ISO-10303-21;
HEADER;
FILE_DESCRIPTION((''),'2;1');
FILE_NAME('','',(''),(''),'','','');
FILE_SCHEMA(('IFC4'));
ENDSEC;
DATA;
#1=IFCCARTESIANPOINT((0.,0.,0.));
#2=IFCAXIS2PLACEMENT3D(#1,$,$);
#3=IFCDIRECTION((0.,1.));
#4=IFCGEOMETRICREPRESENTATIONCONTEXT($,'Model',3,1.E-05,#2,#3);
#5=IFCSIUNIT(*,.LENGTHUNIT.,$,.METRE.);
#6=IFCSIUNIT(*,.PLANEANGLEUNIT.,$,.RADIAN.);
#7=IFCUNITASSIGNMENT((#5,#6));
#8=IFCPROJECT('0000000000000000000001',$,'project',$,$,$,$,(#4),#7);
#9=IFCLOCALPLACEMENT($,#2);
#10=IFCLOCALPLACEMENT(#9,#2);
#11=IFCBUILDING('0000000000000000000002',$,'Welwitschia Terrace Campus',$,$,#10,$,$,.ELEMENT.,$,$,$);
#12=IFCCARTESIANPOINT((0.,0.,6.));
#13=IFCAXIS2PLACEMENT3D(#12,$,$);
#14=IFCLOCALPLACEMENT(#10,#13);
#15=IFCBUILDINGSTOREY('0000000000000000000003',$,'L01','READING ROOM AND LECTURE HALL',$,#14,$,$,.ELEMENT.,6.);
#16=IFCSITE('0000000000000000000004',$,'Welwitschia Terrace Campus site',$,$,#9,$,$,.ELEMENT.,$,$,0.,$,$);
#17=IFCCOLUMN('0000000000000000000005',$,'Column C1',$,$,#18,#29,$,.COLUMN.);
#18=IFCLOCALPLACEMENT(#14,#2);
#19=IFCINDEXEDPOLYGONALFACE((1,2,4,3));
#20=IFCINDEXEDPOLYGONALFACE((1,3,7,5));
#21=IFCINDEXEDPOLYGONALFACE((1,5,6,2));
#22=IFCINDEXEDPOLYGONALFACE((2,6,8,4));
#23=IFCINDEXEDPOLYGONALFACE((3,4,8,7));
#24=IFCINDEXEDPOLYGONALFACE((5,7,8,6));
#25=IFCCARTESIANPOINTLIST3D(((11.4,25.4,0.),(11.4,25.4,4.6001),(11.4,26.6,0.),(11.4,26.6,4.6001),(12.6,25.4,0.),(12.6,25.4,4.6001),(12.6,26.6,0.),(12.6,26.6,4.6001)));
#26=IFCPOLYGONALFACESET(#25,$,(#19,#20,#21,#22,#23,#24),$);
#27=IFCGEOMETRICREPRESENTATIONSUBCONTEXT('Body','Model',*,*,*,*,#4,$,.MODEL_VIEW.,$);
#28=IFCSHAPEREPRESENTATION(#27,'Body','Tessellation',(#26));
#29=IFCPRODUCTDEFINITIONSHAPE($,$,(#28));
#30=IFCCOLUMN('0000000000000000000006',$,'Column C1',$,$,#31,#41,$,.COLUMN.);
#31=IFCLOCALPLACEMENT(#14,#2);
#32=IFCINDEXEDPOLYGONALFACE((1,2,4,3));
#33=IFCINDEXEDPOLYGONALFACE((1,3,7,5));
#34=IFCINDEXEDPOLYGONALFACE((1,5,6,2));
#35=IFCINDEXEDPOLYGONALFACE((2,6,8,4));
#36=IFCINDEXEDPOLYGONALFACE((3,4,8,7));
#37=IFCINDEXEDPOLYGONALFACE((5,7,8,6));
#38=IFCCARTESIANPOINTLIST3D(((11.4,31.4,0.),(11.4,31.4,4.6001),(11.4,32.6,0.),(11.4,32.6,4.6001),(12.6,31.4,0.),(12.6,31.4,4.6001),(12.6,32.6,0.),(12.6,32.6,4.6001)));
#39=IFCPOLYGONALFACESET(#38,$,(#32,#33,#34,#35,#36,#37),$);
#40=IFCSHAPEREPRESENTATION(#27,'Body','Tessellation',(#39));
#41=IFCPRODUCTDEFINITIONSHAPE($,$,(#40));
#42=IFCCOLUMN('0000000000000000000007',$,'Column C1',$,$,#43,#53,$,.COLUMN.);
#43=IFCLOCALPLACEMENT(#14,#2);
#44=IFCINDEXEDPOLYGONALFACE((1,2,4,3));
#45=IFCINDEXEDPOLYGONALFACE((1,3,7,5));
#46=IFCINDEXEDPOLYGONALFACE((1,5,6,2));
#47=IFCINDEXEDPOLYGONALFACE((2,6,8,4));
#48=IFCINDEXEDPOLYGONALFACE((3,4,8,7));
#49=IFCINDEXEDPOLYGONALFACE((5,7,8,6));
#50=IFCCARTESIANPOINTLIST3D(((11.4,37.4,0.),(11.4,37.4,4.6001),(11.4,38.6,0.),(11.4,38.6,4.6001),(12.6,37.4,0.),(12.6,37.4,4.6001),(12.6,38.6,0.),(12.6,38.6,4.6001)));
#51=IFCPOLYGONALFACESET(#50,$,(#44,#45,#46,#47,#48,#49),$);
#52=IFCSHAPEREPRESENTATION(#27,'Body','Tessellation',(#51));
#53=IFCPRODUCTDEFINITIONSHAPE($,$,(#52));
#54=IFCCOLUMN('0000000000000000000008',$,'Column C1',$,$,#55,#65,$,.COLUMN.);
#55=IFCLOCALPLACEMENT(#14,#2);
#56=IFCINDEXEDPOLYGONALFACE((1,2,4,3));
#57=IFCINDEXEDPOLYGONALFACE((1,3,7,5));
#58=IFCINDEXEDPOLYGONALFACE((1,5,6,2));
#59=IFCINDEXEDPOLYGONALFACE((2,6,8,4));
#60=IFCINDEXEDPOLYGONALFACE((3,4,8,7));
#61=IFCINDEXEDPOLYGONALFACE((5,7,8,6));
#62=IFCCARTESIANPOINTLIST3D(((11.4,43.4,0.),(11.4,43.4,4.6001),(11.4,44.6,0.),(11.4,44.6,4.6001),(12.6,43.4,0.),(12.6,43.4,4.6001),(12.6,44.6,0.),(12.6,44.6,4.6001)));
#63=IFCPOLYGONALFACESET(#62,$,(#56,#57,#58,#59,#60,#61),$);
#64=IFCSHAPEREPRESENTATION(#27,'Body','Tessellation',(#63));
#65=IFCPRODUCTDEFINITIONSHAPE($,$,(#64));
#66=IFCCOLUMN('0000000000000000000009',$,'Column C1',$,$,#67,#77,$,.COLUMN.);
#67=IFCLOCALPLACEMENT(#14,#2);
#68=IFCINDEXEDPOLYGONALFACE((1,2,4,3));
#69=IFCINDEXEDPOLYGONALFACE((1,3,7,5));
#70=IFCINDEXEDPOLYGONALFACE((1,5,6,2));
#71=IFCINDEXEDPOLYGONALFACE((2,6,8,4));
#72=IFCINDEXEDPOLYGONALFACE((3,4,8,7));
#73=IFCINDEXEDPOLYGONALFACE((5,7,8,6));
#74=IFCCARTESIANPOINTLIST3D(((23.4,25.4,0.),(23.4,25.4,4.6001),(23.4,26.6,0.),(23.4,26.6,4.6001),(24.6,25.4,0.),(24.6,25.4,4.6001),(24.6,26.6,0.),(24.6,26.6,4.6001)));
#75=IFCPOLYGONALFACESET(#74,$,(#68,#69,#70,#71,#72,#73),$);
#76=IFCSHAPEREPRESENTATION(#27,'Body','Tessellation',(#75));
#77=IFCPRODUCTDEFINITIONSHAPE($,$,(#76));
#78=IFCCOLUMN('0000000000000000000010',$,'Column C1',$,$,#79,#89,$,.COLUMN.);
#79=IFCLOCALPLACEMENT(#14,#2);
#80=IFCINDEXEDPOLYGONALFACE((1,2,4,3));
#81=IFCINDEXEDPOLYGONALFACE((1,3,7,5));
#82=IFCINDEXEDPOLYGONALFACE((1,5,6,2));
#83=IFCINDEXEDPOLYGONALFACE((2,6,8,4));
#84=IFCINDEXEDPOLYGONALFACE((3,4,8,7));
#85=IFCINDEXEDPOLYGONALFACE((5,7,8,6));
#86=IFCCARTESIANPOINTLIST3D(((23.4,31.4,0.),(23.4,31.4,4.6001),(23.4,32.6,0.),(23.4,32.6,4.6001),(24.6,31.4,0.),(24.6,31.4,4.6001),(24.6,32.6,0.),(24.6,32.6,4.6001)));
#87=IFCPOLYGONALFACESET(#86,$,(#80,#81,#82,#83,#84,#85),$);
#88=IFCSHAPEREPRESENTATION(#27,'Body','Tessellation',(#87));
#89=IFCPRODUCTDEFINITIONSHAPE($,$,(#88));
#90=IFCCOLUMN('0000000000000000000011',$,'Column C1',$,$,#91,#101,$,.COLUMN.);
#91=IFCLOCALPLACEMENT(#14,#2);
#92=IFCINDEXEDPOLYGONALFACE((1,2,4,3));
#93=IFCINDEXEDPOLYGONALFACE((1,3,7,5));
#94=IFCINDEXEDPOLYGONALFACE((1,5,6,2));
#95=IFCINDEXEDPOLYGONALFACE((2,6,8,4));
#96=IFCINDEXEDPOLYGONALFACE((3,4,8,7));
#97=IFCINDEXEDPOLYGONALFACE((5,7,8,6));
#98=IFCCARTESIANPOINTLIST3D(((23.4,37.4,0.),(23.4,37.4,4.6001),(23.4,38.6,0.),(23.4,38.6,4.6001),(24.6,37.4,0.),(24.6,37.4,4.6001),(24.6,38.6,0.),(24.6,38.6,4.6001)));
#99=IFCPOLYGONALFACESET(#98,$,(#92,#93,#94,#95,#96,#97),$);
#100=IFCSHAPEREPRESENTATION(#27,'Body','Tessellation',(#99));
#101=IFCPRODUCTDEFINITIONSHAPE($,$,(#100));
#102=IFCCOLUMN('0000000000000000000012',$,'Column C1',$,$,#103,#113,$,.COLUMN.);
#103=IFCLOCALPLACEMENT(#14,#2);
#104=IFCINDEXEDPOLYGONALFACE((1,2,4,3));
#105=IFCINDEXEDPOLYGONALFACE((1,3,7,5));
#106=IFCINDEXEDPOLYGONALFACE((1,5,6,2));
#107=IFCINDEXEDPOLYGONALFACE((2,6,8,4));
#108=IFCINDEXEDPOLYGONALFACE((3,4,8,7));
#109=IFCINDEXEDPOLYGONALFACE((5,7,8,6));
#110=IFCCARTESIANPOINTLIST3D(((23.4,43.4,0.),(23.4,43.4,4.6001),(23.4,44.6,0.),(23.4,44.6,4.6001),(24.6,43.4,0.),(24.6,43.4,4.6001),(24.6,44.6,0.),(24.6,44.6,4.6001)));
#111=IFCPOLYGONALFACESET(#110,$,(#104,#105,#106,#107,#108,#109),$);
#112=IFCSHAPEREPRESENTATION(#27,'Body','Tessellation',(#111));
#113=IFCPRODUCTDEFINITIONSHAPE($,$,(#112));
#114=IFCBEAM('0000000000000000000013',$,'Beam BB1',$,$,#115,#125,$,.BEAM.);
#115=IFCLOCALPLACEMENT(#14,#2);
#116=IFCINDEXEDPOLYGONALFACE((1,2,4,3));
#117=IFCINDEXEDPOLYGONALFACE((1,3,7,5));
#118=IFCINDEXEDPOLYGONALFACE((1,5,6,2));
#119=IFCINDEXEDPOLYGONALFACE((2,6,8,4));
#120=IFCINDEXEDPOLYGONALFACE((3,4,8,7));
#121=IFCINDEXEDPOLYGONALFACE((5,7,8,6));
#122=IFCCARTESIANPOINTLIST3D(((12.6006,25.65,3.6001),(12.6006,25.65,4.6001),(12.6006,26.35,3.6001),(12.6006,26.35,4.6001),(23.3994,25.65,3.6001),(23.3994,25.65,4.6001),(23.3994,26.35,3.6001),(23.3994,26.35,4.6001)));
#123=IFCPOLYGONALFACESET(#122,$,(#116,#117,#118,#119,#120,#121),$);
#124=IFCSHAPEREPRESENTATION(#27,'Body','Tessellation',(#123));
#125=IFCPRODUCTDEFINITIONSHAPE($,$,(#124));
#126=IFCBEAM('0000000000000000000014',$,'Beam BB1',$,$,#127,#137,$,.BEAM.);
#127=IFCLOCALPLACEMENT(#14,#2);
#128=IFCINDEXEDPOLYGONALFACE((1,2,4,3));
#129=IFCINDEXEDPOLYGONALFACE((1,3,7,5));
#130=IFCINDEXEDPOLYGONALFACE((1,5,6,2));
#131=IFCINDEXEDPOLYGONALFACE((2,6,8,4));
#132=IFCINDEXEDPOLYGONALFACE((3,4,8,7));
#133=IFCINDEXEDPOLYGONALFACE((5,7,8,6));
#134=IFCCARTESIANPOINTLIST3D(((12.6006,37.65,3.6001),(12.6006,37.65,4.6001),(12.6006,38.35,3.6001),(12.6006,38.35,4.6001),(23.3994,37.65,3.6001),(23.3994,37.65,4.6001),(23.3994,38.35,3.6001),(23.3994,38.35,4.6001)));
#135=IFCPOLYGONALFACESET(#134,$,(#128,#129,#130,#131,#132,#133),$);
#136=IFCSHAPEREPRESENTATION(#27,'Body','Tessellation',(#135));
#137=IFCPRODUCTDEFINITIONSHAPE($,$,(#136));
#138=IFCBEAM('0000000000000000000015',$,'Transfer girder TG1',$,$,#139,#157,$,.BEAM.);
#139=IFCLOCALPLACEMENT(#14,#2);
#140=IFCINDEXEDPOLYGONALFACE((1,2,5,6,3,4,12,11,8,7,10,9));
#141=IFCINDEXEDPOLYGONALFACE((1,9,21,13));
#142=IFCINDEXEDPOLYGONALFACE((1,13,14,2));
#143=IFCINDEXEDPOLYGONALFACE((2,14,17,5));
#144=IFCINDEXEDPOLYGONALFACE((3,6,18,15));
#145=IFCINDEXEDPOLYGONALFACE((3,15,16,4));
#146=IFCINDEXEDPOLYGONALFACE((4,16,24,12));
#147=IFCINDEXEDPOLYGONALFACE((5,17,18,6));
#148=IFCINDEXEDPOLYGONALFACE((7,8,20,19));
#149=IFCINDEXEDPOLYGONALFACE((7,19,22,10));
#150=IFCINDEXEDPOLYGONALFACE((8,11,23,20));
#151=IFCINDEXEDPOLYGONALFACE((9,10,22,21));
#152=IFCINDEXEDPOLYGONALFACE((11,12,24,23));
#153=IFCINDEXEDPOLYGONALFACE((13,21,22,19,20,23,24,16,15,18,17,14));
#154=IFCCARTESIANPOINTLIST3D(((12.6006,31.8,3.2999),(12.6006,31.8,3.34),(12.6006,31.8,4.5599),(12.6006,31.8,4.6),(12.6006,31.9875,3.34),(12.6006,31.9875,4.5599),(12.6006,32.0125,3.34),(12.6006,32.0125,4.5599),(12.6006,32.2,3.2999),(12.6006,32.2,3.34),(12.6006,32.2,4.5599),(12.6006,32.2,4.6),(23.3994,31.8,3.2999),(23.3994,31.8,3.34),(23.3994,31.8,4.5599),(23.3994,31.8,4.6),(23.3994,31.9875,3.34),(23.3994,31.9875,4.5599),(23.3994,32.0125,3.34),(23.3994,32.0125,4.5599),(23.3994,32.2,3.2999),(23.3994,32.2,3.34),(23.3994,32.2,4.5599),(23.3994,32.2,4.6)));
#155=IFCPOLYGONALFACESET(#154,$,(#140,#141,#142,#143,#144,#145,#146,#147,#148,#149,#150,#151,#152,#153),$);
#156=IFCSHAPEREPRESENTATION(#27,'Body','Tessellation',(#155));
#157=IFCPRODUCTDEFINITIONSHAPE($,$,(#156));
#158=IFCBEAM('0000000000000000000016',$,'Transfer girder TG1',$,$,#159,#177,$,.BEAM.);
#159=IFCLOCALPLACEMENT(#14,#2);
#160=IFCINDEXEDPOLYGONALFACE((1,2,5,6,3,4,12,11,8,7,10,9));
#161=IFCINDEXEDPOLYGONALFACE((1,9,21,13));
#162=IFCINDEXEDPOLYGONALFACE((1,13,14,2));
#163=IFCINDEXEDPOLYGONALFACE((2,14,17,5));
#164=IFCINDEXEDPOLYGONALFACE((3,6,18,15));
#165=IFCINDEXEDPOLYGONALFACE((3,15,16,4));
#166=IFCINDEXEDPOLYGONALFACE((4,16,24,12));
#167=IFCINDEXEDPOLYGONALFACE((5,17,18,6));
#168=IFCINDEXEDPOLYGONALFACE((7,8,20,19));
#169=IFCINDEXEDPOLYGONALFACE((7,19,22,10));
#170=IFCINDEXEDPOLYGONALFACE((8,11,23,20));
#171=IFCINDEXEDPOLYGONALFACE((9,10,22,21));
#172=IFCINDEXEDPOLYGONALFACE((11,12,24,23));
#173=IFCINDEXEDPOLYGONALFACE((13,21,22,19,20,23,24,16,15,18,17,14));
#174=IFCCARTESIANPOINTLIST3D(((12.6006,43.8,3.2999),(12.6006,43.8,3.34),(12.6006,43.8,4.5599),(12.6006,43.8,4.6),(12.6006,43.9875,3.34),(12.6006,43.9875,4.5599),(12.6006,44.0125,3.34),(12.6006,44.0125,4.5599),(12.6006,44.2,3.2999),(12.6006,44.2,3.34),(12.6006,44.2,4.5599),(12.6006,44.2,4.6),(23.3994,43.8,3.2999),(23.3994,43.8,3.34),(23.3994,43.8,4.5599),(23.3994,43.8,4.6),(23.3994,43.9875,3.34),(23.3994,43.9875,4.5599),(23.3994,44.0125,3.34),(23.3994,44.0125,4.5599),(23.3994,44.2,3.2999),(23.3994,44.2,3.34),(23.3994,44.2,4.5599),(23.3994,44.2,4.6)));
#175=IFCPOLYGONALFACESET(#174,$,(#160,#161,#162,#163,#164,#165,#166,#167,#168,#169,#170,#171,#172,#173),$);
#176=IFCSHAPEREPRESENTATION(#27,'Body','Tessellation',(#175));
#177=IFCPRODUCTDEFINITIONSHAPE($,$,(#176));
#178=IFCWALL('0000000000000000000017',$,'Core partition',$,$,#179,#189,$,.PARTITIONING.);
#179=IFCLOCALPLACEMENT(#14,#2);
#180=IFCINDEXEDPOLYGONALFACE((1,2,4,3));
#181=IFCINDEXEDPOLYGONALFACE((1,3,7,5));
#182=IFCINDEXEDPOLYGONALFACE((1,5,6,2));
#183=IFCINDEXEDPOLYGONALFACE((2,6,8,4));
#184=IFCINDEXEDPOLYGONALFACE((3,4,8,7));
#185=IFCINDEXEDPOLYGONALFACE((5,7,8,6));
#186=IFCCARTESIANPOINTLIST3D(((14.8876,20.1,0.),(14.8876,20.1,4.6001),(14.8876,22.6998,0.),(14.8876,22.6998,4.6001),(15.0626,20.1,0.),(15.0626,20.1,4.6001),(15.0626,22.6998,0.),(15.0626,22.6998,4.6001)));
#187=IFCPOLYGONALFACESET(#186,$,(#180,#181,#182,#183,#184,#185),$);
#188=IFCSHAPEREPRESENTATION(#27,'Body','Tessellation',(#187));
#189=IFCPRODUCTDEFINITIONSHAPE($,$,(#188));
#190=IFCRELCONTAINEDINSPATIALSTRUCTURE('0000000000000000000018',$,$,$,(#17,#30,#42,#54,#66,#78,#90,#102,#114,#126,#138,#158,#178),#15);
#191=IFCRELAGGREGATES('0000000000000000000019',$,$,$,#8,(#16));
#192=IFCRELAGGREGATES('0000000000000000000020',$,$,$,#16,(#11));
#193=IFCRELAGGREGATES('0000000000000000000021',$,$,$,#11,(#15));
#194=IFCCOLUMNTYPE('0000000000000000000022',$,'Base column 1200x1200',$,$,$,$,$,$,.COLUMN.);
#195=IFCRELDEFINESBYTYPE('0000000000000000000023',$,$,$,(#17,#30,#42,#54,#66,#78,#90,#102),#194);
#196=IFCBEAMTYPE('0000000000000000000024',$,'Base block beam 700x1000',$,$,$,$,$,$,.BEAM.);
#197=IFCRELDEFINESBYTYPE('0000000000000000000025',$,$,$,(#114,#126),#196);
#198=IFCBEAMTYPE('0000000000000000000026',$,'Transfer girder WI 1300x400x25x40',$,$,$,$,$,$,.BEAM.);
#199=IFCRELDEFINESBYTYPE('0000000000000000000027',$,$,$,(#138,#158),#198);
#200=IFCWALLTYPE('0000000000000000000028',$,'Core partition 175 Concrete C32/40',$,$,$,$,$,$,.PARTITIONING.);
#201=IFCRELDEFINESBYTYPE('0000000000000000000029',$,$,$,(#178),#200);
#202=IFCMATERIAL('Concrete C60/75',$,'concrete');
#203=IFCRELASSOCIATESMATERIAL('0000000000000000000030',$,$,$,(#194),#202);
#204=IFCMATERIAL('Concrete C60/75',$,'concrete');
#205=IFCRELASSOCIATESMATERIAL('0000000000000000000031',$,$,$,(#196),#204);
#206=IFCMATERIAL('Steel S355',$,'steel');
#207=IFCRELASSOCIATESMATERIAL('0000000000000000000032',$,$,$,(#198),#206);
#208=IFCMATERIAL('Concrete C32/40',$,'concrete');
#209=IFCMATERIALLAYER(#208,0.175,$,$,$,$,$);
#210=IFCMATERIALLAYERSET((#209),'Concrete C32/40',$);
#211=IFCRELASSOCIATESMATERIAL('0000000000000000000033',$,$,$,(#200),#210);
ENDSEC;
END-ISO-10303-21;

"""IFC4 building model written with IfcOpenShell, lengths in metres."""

from ifc_helpers import new_model, si_unit, direction, frame, frame_2d, origin, origin_2d, place, context, subcontext, project, spatial, rectangle, i_section, extrude, material, layer, layer_set, material_profile, profile_set, type_object, element, save


model = new_model("IFC4")

# Units and contexts
model_context = context("Model", 3, precision=1e-05, world=origin(), true_north=direction((0.0, 1.0)))
body_context = subcontext(model_context, "Body", "Model", "MODEL_VIEW")
ifc_project = project(units=[si_unit("LENGTHUNIT", "METRE"), si_unit("PLANEANGLEUNIT", "RADIAN")], contexts=[model_context])

# Site, building, storey
site_placement = place(None, origin())
site = spatial("IfcSite", under=ifc_project, at=site_placement, Name="Welwitschia Terrace Campus site", CompositionType="ELEMENT", RefElevation=0.0)
building_placement = place(site_placement, origin())
building = spatial("IfcBuilding", under=site, at=building_placement, Name="Welwitschia Terrace Campus", CompositionType="ELEMENT")
storey_placement = place(building_placement, frame((0.0, 0.0, 6.0)))
storey = spatial("IfcBuildingStorey", under=building, at=storey_placement, Name="L01", Description="READING ROOM AND LECTURE HALL", CompositionType="ELEMENT", Elevation=6.0)

# Columns
ifc_material_1 = material(Name="Concrete C60/75", Category="concrete")
ifc_material_profile_1 = material_profile(ifc_material_1, rectangle(XDim=1.2, YDim=1.2, at=origin_2d()))
ifc_profile_set_1 = profile_set([ifc_material_profile_1], Name="Concrete C60/75")
column_type = type_object("IfcColumnType", Name="Base column 1200x1200", PredefinedType="COLUMN", material=ifc_profile_set_1)
for number, where, z_axis, x_axis, name in (
    (1, (12.0, 26.0, 0.0), (0.0, 0.0, 1.0), (1.0, 0.0, 0.0), "Column C1"),
    (2, (12.0, 32.0, 0.0), (0.0, 0.0, 1.0), (1.0, 0.0, 0.0), "Column C1"),
    (3, (12.0, 38.0, 0.0), (0.0, 0.0, 1.0), (1.0, 0.0, 0.0), "Column C1"),
    (4, (12.0, 44.0, 0.0), (0.0, 0.0, 1.0), (1.0, 0.0, 0.0), "Column C1"),
    (5, (24.0, 26.0, 0.0), (0.0, 0.0, 1.0), (1.0, 0.0, 0.0), "Column C1"),
    (6, (24.0, 32.0, 0.0), (0.0, 0.0, 1.0), (1.0, 0.0, 0.0), "Column C1"),
    (7, (24.0, 38.0, 0.0), (0.0, 0.0, 1.0), (1.0, 0.0, 0.0), "Column C1"),
    (8, (24.0, 44.0, 0.0), (0.0, 0.0, 1.0), (1.0, 0.0, 0.0), "Column C1"),
):
    element("IfcColumn", number, at=place(storey_placement, frame(where, z_axis=z_axis, x_axis=x_axis)), inside=storey, type_object=column_type, Name=name, PredefinedType="COLUMN", context=body_context, shape_type="SweptSolid", body=[
        extrude(rectangle(XDim=1.2, YDim=1.2, at=origin_2d()), origin(), (0.0, 0.0, 1.0), 4.6001),
    ])

# Beams
ifc_material_2 = material(Name="Concrete C60/75", Category="concrete")
ifc_material_profile_2 = material_profile(ifc_material_2, rectangle(XDim=0.7, YDim=1.0, at=origin_2d()))
ifc_profile_set_2 = profile_set([ifc_material_profile_2], Name="Concrete C60/75")
beam_type_1 = type_object("IfcBeamType", Name="Base block beam 700x1000", PredefinedType="BEAM", material=ifc_profile_set_2)
for number, where, z_axis, x_axis, name in (
    (9, (12.6006, 26.0, 4.1001), (1.0, 0.0, 0.0), (0.0, 1.0, 0.0), "Beam BB1"),
    (10, (12.6006, 38.0, 4.1001), (1.0, 0.0, 0.0), (0.0, 1.0, 0.0), "Beam BB1"),
):
    element("IfcBeam", number, at=place(storey_placement, frame(where, z_axis=z_axis, x_axis=x_axis)), inside=storey, type_object=beam_type_1, Name=name, PredefinedType="BEAM", context=body_context, shape_type="SweptSolid", body=[
        extrude(rectangle(XDim=0.7, YDim=1.0, at=origin_2d()), origin(), (0.0, 0.0, 1.0), 10.7988),
    ])
ifc_material_3 = material(Name="Steel S355", Category="steel")
ifc_material_profile_3 = material_profile(ifc_material_3, i_section(OverallWidth=0.3999, OverallDepth=1.3, WebThickness=0.0249, FlangeThickness=0.04, at=origin_2d()))
ifc_profile_set_3 = profile_set([ifc_material_profile_3], Name="Steel S355")
beam_type_2 = type_object("IfcBeamType", Name="Transfer girder WI 1300x400x25x40", PredefinedType="BEAM", material=ifc_profile_set_3)
for number, where, z_axis, x_axis, name in (
    (11, (12.6006, 32.0, 3.95), (1.0, 0.0, 0.0), (0.0, 1.0, 0.0), "Transfer girder TG1"),
    (12, (12.6006, 44.0, 3.95), (1.0, 0.0, 0.0), (0.0, 1.0, 0.0), "Transfer girder TG1"),
):
    element("IfcBeam", number, at=place(storey_placement, frame(where, z_axis=z_axis, x_axis=x_axis)), inside=storey, type_object=beam_type_2, Name=name, PredefinedType="BEAM", context=body_context, shape_type="SweptSolid", body=[
        extrude(i_section(OverallWidth=0.3999, OverallDepth=1.3, WebThickness=0.0249, FlangeThickness=0.04, at=origin_2d()), origin(), (0.0, 0.0, 1.0), 10.7988),
    ])

# Wall
ifc_material_4 = material(Name="Concrete C32/40", Category="concrete")
ifc_layer_1 = layer(ifc_material_4, 0.175)
ifc_layer_set_1 = layer_set([ifc_layer_1], Name="Concrete C32/40")
wall_type_1 = type_object("IfcWallType", Name="Core partition 175 Concrete C32/40", PredefinedType="PARTITIONING", material=ifc_layer_set_1)
wall_1_placement = place(storey_placement, frame((14.9751, 20.1001, 0.0), z_axis=(0.0, 0.0, 1.0), x_axis=(0.0, 1.0, 0.0)))
element("IfcWall", 13, at=wall_1_placement, inside=storey, type_object=wall_type_1, Name="Core partition", PredefinedType="PARTITIONING", context=body_context, shape_type="SweptSolid", body=[
    extrude(rectangle(XDim=2.5999, YDim=0.175, at=frame_2d((1.2998, 0.0))), origin(), (0.0, 0.0, 1.0), 4.6001),
])

save(model, "model.ifc")
